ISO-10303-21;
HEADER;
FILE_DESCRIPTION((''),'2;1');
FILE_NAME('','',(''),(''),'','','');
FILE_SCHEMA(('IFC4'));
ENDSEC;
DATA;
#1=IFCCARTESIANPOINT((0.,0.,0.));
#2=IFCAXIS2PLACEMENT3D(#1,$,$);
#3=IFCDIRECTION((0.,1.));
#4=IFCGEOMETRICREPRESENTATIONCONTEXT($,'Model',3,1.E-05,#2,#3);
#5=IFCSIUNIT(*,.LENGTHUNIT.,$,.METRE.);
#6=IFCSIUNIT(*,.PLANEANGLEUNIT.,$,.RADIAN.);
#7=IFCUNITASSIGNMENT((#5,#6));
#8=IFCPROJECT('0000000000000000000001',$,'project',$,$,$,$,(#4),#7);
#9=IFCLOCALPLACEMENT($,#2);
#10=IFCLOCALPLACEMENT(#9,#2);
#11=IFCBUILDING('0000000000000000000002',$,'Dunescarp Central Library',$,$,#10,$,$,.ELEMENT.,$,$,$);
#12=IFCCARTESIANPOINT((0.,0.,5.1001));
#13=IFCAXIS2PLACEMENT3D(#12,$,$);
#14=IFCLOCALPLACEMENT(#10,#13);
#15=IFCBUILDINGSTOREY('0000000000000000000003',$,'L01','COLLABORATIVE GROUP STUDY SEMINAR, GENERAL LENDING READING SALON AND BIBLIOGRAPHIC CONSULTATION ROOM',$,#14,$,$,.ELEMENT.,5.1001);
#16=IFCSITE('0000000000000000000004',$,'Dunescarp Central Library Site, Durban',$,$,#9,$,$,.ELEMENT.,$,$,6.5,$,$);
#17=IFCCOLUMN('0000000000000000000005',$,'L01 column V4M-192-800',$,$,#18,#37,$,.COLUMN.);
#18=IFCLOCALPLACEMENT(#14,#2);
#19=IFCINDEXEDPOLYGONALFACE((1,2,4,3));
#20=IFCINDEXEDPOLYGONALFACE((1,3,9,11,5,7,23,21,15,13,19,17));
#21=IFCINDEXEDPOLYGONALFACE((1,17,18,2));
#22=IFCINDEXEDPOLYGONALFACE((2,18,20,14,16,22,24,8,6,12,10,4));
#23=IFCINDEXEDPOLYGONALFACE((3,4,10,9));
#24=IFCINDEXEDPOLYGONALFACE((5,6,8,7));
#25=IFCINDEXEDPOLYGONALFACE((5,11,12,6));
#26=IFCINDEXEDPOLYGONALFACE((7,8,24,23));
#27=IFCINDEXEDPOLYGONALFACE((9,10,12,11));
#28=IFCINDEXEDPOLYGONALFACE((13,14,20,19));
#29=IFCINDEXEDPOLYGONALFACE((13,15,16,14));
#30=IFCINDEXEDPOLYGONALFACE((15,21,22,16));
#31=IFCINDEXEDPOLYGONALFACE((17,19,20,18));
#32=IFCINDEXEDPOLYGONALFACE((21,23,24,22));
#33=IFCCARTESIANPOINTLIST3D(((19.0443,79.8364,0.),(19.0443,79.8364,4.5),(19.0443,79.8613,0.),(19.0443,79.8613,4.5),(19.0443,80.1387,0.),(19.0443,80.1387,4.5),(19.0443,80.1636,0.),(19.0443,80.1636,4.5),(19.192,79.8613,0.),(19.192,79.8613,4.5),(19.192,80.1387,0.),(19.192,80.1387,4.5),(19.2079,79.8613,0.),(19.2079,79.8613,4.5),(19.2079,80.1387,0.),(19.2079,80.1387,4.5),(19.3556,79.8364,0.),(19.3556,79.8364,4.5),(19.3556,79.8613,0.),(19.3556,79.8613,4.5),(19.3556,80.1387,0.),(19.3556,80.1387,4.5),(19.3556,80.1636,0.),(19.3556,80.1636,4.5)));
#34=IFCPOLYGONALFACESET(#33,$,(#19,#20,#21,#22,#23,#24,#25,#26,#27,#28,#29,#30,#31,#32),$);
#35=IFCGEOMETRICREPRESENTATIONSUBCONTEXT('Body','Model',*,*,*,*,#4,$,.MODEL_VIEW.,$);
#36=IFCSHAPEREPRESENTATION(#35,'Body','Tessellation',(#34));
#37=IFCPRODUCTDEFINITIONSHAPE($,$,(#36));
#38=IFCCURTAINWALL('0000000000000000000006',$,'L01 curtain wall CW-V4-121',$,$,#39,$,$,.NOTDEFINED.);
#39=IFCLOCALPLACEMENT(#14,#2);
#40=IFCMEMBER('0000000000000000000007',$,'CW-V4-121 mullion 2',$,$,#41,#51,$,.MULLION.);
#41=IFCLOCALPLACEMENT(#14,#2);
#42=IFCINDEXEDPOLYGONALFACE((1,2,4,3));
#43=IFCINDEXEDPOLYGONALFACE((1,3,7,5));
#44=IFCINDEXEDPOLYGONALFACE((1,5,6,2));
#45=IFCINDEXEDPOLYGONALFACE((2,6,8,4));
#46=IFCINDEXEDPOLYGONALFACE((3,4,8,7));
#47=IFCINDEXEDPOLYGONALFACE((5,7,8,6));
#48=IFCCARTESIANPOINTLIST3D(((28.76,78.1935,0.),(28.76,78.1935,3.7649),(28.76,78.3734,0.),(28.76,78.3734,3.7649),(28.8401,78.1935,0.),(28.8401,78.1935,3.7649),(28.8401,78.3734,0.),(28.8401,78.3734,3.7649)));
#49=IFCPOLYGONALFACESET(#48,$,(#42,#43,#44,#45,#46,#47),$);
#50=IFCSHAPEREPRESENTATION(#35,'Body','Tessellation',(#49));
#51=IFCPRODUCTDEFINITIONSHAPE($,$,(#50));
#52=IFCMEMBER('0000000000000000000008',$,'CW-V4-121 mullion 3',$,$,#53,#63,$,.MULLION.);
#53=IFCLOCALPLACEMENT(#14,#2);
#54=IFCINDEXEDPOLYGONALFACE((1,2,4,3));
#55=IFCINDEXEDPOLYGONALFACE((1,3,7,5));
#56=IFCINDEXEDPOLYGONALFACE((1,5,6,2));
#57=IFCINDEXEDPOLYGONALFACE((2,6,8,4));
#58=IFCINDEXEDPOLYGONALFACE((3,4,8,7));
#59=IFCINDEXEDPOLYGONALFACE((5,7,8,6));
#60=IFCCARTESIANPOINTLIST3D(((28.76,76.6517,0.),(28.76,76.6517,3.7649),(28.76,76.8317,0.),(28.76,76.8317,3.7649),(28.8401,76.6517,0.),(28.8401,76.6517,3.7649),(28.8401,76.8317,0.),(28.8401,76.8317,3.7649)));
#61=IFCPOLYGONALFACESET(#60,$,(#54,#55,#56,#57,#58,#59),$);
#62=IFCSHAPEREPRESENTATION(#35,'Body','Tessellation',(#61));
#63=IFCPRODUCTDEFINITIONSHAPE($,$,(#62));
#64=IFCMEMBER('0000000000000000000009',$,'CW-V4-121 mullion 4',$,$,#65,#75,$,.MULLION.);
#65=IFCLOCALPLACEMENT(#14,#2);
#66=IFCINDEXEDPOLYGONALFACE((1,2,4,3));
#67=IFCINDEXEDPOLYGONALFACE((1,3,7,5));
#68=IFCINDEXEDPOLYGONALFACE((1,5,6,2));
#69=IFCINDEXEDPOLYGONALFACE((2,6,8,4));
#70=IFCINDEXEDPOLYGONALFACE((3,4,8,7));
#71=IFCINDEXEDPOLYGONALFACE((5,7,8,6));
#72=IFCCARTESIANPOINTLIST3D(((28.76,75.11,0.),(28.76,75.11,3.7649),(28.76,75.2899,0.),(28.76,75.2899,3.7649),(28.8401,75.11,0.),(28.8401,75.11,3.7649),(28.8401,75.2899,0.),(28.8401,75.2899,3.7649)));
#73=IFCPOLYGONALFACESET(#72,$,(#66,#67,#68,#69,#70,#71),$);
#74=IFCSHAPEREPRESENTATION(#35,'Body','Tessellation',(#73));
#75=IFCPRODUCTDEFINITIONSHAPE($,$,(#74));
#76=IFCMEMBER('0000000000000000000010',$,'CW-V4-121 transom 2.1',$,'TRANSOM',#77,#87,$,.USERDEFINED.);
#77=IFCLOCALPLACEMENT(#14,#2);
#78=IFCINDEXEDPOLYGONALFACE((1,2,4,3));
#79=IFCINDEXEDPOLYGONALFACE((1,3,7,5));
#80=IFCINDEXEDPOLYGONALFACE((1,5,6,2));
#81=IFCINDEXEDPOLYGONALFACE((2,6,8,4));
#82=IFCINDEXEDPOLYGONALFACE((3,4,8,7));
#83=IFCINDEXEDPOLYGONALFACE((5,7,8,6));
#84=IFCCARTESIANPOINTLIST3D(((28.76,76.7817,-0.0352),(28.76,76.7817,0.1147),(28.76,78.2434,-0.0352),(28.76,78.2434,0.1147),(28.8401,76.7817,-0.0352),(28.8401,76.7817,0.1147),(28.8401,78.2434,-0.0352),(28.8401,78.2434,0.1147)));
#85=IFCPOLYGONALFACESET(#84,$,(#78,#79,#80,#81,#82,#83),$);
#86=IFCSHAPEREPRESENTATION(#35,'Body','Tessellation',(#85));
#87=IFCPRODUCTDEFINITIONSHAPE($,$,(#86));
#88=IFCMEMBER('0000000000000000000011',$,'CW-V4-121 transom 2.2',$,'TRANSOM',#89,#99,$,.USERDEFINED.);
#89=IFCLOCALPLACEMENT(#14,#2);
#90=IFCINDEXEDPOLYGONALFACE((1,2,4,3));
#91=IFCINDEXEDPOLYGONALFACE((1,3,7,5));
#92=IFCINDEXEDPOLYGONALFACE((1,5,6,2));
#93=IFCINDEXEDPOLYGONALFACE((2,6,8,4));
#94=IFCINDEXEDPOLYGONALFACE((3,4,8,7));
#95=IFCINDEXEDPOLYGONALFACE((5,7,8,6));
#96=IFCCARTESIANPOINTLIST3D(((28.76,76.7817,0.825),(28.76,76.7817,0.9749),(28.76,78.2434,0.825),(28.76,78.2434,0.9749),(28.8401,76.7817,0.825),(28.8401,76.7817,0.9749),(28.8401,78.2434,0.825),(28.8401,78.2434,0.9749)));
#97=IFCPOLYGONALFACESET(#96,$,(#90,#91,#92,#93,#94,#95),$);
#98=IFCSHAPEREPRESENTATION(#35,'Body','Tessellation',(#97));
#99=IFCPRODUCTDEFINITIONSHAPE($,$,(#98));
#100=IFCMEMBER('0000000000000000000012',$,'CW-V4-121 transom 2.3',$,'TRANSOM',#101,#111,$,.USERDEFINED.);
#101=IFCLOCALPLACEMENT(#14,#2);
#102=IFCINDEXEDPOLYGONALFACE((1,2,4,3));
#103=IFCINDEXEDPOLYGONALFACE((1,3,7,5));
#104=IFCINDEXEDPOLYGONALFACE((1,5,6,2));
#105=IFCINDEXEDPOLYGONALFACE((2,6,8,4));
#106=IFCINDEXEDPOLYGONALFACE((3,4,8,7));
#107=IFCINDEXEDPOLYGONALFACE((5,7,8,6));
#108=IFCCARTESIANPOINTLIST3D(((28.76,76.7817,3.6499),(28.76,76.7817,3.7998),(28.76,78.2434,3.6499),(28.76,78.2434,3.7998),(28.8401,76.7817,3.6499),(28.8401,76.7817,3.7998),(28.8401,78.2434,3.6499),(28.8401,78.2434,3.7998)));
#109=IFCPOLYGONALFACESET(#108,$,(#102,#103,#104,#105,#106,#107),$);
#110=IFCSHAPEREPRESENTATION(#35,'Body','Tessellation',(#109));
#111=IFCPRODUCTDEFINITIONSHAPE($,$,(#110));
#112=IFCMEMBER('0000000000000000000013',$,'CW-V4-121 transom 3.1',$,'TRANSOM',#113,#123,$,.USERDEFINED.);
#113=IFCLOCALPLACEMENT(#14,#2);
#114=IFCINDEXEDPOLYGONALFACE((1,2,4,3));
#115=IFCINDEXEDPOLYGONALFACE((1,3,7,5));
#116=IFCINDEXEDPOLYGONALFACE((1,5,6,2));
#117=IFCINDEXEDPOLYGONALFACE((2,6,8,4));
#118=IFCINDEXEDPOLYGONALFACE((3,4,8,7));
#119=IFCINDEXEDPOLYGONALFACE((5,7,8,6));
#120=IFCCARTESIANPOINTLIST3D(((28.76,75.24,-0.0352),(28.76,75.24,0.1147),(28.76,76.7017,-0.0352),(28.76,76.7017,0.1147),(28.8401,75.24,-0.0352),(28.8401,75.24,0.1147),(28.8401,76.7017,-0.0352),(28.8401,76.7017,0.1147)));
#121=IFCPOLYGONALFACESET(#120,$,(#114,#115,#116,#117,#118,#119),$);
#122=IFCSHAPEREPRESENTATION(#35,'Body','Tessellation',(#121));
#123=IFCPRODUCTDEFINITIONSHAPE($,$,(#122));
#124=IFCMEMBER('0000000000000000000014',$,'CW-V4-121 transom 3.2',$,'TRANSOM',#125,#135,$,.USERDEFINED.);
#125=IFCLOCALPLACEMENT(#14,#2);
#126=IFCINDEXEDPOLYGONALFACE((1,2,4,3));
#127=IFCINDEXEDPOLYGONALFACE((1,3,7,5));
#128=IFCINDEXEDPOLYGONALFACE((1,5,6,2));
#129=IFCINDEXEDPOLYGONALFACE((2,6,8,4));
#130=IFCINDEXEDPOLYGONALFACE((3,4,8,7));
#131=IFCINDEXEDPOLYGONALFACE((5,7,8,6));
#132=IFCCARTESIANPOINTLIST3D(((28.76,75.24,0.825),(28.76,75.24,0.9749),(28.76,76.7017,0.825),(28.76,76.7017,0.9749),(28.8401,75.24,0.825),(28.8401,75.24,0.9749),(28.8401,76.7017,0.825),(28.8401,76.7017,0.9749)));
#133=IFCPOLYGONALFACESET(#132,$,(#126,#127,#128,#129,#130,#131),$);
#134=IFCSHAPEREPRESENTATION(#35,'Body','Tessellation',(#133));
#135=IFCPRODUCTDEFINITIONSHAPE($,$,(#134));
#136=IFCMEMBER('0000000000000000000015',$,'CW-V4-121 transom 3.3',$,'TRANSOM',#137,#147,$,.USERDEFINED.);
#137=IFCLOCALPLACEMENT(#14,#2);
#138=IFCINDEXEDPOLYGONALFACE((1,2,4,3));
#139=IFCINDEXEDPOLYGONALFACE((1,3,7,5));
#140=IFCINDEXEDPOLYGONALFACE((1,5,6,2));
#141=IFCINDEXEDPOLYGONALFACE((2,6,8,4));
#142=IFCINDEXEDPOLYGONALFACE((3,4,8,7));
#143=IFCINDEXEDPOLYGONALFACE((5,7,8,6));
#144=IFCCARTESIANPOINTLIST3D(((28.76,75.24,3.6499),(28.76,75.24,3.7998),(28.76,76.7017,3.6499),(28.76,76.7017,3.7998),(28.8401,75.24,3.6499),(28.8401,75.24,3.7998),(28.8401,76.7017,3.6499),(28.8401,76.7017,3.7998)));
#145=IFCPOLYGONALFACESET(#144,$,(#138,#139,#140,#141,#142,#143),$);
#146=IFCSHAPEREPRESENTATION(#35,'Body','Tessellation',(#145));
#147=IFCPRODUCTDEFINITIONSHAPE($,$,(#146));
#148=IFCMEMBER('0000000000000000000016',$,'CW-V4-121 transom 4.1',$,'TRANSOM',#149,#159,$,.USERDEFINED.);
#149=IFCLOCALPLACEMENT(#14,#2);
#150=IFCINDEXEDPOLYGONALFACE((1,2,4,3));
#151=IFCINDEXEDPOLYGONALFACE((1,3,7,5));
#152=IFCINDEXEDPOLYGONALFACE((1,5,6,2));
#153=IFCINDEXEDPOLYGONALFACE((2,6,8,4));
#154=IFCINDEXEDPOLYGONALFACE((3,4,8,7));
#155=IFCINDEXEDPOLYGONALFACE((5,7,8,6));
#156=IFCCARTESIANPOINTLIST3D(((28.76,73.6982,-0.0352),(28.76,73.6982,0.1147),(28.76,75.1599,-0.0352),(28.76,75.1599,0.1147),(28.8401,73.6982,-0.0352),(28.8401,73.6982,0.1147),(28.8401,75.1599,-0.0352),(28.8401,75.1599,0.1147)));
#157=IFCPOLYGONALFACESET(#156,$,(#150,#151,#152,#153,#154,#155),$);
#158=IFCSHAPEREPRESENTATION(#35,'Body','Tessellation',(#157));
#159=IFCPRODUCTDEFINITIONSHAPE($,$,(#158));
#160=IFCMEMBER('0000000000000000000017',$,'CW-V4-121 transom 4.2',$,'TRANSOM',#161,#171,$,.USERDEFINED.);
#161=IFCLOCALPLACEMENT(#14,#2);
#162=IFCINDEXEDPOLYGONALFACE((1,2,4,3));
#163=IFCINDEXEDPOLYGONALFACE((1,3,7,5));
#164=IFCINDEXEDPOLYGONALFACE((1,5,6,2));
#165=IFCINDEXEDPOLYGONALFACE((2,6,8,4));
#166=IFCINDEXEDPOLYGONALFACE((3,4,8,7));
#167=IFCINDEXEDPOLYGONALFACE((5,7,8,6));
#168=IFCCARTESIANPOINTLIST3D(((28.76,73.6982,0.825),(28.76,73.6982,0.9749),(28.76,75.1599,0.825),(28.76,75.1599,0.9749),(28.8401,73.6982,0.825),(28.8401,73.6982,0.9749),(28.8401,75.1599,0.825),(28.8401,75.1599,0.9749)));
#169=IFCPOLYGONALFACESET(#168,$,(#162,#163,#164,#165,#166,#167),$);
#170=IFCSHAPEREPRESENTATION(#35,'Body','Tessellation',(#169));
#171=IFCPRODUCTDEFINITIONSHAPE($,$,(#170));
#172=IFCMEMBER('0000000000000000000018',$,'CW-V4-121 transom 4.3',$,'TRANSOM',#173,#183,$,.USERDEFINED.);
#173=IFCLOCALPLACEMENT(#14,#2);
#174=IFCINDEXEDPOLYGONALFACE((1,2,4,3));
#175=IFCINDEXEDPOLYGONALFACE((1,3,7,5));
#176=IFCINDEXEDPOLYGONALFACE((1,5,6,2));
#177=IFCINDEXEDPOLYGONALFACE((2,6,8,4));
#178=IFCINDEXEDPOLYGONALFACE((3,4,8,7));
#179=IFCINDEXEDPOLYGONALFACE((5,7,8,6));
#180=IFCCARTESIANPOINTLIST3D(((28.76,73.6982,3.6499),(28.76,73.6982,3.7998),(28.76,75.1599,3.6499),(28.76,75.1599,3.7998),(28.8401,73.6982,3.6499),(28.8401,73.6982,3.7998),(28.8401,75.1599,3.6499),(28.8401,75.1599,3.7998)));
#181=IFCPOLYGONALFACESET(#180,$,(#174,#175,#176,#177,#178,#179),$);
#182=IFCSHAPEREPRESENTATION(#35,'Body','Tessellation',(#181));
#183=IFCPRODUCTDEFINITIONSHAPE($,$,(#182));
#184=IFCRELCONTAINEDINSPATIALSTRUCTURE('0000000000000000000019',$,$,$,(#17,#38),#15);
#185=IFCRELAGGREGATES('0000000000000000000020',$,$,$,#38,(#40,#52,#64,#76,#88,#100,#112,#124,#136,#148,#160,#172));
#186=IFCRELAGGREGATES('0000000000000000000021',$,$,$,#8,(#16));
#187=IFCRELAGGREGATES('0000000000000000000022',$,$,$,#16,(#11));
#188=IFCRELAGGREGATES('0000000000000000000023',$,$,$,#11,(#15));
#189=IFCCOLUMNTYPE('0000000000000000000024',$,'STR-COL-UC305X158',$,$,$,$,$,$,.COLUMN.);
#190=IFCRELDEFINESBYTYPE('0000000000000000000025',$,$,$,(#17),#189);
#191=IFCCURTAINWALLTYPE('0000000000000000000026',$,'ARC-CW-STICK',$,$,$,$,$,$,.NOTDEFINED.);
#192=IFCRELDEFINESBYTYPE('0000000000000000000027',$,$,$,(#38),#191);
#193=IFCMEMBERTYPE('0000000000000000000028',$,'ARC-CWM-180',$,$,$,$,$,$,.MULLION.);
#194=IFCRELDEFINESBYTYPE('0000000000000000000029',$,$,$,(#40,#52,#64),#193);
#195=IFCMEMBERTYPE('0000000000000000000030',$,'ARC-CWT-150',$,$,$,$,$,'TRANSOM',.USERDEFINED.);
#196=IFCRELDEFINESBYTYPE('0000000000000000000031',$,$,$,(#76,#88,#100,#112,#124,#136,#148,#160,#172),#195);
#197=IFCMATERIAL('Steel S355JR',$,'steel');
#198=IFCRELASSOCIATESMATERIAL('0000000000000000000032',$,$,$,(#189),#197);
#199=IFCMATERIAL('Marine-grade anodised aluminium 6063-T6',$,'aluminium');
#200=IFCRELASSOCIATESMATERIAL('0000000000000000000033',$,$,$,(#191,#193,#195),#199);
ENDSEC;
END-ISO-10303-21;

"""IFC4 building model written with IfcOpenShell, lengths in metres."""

from ifc_helpers import new_model, si_unit, direction, frame, origin, origin_2d, place, context, subcontext, project, spatial, rectangle, i_section, extrude, material, material_profile, profile_set, type_object, element, aggregate, save


model = new_model("IFC4")

# Units and contexts
model_context = context("Model", 3, precision=1e-05, world=origin(), true_north=direction((0.0, 1.0)))
body_context = subcontext(model_context, "Body", "Model", "MODEL_VIEW")
ifc_project = project(units=[si_unit("LENGTHUNIT", "METRE"), si_unit("PLANEANGLEUNIT", "RADIAN")], contexts=[model_context])

# Site, building, storey
site_placement = place(None, origin())
site = spatial("IfcSite", under=ifc_project, at=site_placement, Name="Dunescarp Central Library Site, Durban", CompositionType="ELEMENT", RefElevation=6.5)
building_placement = place(site_placement, origin())
building = spatial("IfcBuilding", under=site, at=building_placement, Name="Dunescarp Central Library", CompositionType="ELEMENT")
storey_placement = place(building_placement, frame((0.0, 0.0, 5.1001)))
storey = spatial("IfcBuildingStorey", under=building, at=storey_placement, Name="L01", Description="COLLABORATIVE GROUP STUDY SEMINAR, GENERAL LENDING READING SALON AND BIBLIOGRAPHIC CONSULTATION ROOM", CompositionType="ELEMENT", Elevation=5.1001)

# Column
ifc_material_1 = material(Name="Steel S355JR", Category="steel")
ifc_material_profile_1 = material_profile(ifc_material_1, i_section(OverallWidth=0.3113, OverallDepth=0.3271, WebThickness=0.0159, FlangeThickness=0.0249, at=origin_2d()), Name="UC 305x305x158")
ifc_profile_set_1 = profile_set([ifc_material_profile_1], Name="Steel S355JR")
column_type = type_object("IfcColumnType", Name="STR-COL-UC305X158", PredefinedType="COLUMN", material=ifc_profile_set_1)
column_placement = place(storey_placement, frame((19.2, 80.0, 0.0), z_axis=(0.0, 0.0, 1.0), x_axis=(1.0, 0.0, 0.0)))
element("IfcColumn", 1, at=column_placement, inside=storey, type_object=column_type, Name="L01 column V4M-192-800", PredefinedType="COLUMN", context=body_context, shape_type="SweptSolid", body=[
    extrude(i_section(OverallWidth=0.3113, OverallDepth=0.3271, WebThickness=0.0159, FlangeThickness=0.0249, at=origin_2d()), origin(), (0.0, 0.0, 1.0), 4.5),
])

# Curtain wall, members
ifc_material_2 = material(Name="Marine-grade anodised aluminium 6063-T6", Category="aluminium")
curtain_wall_type = type_object("IfcCurtainWallType", Name="ARC-CW-STICK", PredefinedType="NOTDEFINED", material=ifc_material_2)
curtain_wall_placement = place(storey_placement, origin())
curtain_wall = element("IfcCurtainWall", 2, at=curtain_wall_placement, inside=storey, type_object=curtain_wall_type, Name="L01 curtain wall CW-V4-121", PredefinedType="NOTDEFINED")
ifc_material_profile_2 = material_profile(ifc_material_2, rectangle(XDim=0.0801, YDim=0.1799, at=origin_2d()), Name="AL 80x180")
ifc_profile_set_2 = profile_set([ifc_material_profile_2], Name="Marine-grade anodised aluminium 6063-T6")
member_type_1 = type_object("IfcMemberType", Name="ARC-CWM-180", PredefinedType="MULLION", material=ifc_profile_set_2)
member_1_placement = place(storey_placement, frame((28.8, 78.2834, 0.0), z_axis=(0.0, 0.0, 1.0), x_axis=(1.0, 0.0, 0.0)))
member_1 = element("IfcMember", 3, at=member_1_placement, type_object=member_type_1, Name="CW-V4-121 mullion 2", PredefinedType="MULLION", context=body_context, shape_type="SweptSolid", body=[
    extrude(rectangle(XDim=0.0801, YDim=0.1799, at=origin_2d()), origin(), (0.0, 0.0, 1.0), 3.7649),
])
member_2_placement = place(storey_placement, frame((28.8, 76.7417, 0.0), z_axis=(0.0, 0.0, 1.0), x_axis=(1.0, 0.0, 0.0)))
member_2 = element("IfcMember", 4, at=member_2_placement, type_object=member_type_1, Name="CW-V4-121 mullion 3", PredefinedType="MULLION", context=body_context, shape_type="SweptSolid", body=[
    extrude(rectangle(XDim=0.0801, YDim=0.1799, at=origin_2d()), origin(), (0.0, 0.0, 1.0), 3.7649),
])
member_3_placement = place(storey_placement, frame((28.8, 75.2, 0.0), z_axis=(0.0, 0.0, 1.0), x_axis=(1.0, 0.0, 0.0)))
member_3 = element("IfcMember", 5, at=member_3_placement, type_object=member_type_1, Name="CW-V4-121 mullion 4", PredefinedType="MULLION", context=body_context, shape_type="SweptSolid", body=[
    extrude(rectangle(XDim=0.0801, YDim=0.1799, at=origin_2d()), origin(), (0.0, 0.0, 1.0), 3.7649),
])
ifc_material_profile_3 = material_profile(ifc_material_2, rectangle(XDim=0.0801, YDim=0.1499, at=origin_2d()), Name="AL 80x150")
ifc_profile_set_3 = profile_set([ifc_material_profile_3], Name="Marine-grade anodised aluminium 6063-T6")
member_type_2 = type_object("IfcMemberType", Name="ARC-CWT-150", ElementType="TRANSOM", PredefinedType="USERDEFINED", material=ifc_profile_set_3)
member_4_placement = place(storey_placement, frame((28.8, 78.2434, 0.0398), z_axis=(0.0, -1.0, 0.0), x_axis=(1.0, 0.0, 0.0)))
member_4 = element("IfcMember", 6, at=member_4_placement, type_object=member_type_2, Name="CW-V4-121 transom 2.1", ObjectType="TRANSOM", PredefinedType="USERDEFINED", context=body_context, shape_type="SweptSolid", body=[
    extrude(rectangle(XDim=0.0801, YDim=0.1499, at=origin_2d()), origin(), (0.0, 0.0, 1.0), 1.4617),
])
member_5_placement = place(storey_placement, frame((28.8, 78.2434, 0.8999), z_axis=(0.0, -1.0, 0.0), x_axis=(1.0, 0.0, 0.0)))
member_5 = element("IfcMember", 7, at=member_5_placement, type_object=member_type_2, Name="CW-V4-121 transom 2.2", ObjectType="TRANSOM", PredefinedType="USERDEFINED", context=body_context, shape_type="SweptSolid", body=[
    extrude(rectangle(XDim=0.0801, YDim=0.1499, at=origin_2d()), origin(), (0.0, 0.0, 1.0), 1.4617),
])
member_6_placement = place(storey_placement, frame((28.8, 78.2434, 3.7249), z_axis=(0.0, -1.0, 0.0), x_axis=(1.0, 0.0, 0.0)))
member_6 = element("IfcMember", 8, at=member_6_placement, type_object=member_type_2, Name="CW-V4-121 transom 2.3", ObjectType="TRANSOM", PredefinedType="USERDEFINED", context=body_context, shape_type="SweptSolid", body=[
    extrude(rectangle(XDim=0.0801, YDim=0.1499, at=origin_2d()), origin(), (0.0, 0.0, 1.0), 1.4617),
])
member_7_placement = place(storey_placement, frame((28.8, 76.7017, 0.0398), z_axis=(0.0, -1.0, 0.0), x_axis=(1.0, 0.0, 0.0)))
member_7 = element("IfcMember", 9, at=member_7_placement, type_object=member_type_2, Name="CW-V4-121 transom 3.1", ObjectType="TRANSOM", PredefinedType="USERDEFINED", context=body_context, shape_type="SweptSolid", body=[
    extrude(rectangle(XDim=0.0801, YDim=0.1499, at=origin_2d()), origin(), (0.0, 0.0, 1.0), 1.4617),
])
member_8_placement = place(storey_placement, frame((28.8, 76.7017, 0.8999), z_axis=(0.0, -1.0, 0.0), x_axis=(1.0, 0.0, 0.0)))
member_8 = element("IfcMember", 10, at=member_8_placement, type_object=member_type_2, Name="CW-V4-121 transom 3.2", ObjectType="TRANSOM", PredefinedType="USERDEFINED", context=body_context, shape_type="SweptSolid", body=[
    extrude(rectangle(XDim=0.0801, YDim=0.1499, at=origin_2d()), origin(), (0.0, 0.0, 1.0), 1.4617),
])
member_9_placement = place(storey_placement, frame((28.8, 76.7017, 3.7249), z_axis=(0.0, -1.0, 0.0), x_axis=(1.0, 0.0, 0.0)))
member_9 = element("IfcMember", 11, at=member_9_placement, type_object=member_type_2, Name="CW-V4-121 transom 3.3", ObjectType="TRANSOM", PredefinedType="USERDEFINED", context=body_context, shape_type="SweptSolid", body=[
    extrude(rectangle(XDim=0.0801, YDim=0.1499, at=origin_2d()), origin(), (0.0, 0.0, 1.0), 1.4617),
])
member_10_placement = place(storey_placement, frame((28.8, 75.1599, 0.0398), z_axis=(0.0, -1.0, 0.0), x_axis=(1.0, 0.0, 0.0)))
member_10 = element("IfcMember", 12, at=member_10_placement, type_object=member_type_2, Name="CW-V4-121 transom 4.1", ObjectType="TRANSOM", PredefinedType="USERDEFINED", context=body_context, shape_type="SweptSolid", body=[
    extrude(rectangle(XDim=0.0801, YDim=0.1499, at=origin_2d()), origin(), (0.0, 0.0, 1.0), 1.4617),
])
member_11_placement = place(storey_placement, frame((28.8, 75.1599, 0.8999), z_axis=(0.0, -1.0, 0.0), x_axis=(1.0, 0.0, 0.0)))
member_11 = element("IfcMember", 13, at=member_11_placement, type_object=member_type_2, Name="CW-V4-121 transom 4.2", ObjectType="TRANSOM", PredefinedType="USERDEFINED", context=body_context, shape_type="SweptSolid", body=[
    extrude(rectangle(XDim=0.0801, YDim=0.1499, at=origin_2d()), origin(), (0.0, 0.0, 1.0), 1.4617),
])
member_12_placement = place(storey_placement, frame((28.8, 75.1599, 3.7249), z_axis=(0.0, -1.0, 0.0), x_axis=(1.0, 0.0, 0.0)))
member_12 = element("IfcMember", 14, at=member_12_placement, type_object=member_type_2, Name="CW-V4-121 transom 4.3", ObjectType="TRANSOM", PredefinedType="USERDEFINED", context=body_context, shape_type="SweptSolid", body=[
    extrude(rectangle(XDim=0.0801, YDim=0.1499, at=origin_2d()), origin(), (0.0, 0.0, 1.0), 1.4617),
])

aggregate(curtain_wall, [member_1, member_2, member_3, member_4, member_5, member_6, member_7, member_8, member_9, member_10, member_11, member_12])

save(model, "model.ifc")
